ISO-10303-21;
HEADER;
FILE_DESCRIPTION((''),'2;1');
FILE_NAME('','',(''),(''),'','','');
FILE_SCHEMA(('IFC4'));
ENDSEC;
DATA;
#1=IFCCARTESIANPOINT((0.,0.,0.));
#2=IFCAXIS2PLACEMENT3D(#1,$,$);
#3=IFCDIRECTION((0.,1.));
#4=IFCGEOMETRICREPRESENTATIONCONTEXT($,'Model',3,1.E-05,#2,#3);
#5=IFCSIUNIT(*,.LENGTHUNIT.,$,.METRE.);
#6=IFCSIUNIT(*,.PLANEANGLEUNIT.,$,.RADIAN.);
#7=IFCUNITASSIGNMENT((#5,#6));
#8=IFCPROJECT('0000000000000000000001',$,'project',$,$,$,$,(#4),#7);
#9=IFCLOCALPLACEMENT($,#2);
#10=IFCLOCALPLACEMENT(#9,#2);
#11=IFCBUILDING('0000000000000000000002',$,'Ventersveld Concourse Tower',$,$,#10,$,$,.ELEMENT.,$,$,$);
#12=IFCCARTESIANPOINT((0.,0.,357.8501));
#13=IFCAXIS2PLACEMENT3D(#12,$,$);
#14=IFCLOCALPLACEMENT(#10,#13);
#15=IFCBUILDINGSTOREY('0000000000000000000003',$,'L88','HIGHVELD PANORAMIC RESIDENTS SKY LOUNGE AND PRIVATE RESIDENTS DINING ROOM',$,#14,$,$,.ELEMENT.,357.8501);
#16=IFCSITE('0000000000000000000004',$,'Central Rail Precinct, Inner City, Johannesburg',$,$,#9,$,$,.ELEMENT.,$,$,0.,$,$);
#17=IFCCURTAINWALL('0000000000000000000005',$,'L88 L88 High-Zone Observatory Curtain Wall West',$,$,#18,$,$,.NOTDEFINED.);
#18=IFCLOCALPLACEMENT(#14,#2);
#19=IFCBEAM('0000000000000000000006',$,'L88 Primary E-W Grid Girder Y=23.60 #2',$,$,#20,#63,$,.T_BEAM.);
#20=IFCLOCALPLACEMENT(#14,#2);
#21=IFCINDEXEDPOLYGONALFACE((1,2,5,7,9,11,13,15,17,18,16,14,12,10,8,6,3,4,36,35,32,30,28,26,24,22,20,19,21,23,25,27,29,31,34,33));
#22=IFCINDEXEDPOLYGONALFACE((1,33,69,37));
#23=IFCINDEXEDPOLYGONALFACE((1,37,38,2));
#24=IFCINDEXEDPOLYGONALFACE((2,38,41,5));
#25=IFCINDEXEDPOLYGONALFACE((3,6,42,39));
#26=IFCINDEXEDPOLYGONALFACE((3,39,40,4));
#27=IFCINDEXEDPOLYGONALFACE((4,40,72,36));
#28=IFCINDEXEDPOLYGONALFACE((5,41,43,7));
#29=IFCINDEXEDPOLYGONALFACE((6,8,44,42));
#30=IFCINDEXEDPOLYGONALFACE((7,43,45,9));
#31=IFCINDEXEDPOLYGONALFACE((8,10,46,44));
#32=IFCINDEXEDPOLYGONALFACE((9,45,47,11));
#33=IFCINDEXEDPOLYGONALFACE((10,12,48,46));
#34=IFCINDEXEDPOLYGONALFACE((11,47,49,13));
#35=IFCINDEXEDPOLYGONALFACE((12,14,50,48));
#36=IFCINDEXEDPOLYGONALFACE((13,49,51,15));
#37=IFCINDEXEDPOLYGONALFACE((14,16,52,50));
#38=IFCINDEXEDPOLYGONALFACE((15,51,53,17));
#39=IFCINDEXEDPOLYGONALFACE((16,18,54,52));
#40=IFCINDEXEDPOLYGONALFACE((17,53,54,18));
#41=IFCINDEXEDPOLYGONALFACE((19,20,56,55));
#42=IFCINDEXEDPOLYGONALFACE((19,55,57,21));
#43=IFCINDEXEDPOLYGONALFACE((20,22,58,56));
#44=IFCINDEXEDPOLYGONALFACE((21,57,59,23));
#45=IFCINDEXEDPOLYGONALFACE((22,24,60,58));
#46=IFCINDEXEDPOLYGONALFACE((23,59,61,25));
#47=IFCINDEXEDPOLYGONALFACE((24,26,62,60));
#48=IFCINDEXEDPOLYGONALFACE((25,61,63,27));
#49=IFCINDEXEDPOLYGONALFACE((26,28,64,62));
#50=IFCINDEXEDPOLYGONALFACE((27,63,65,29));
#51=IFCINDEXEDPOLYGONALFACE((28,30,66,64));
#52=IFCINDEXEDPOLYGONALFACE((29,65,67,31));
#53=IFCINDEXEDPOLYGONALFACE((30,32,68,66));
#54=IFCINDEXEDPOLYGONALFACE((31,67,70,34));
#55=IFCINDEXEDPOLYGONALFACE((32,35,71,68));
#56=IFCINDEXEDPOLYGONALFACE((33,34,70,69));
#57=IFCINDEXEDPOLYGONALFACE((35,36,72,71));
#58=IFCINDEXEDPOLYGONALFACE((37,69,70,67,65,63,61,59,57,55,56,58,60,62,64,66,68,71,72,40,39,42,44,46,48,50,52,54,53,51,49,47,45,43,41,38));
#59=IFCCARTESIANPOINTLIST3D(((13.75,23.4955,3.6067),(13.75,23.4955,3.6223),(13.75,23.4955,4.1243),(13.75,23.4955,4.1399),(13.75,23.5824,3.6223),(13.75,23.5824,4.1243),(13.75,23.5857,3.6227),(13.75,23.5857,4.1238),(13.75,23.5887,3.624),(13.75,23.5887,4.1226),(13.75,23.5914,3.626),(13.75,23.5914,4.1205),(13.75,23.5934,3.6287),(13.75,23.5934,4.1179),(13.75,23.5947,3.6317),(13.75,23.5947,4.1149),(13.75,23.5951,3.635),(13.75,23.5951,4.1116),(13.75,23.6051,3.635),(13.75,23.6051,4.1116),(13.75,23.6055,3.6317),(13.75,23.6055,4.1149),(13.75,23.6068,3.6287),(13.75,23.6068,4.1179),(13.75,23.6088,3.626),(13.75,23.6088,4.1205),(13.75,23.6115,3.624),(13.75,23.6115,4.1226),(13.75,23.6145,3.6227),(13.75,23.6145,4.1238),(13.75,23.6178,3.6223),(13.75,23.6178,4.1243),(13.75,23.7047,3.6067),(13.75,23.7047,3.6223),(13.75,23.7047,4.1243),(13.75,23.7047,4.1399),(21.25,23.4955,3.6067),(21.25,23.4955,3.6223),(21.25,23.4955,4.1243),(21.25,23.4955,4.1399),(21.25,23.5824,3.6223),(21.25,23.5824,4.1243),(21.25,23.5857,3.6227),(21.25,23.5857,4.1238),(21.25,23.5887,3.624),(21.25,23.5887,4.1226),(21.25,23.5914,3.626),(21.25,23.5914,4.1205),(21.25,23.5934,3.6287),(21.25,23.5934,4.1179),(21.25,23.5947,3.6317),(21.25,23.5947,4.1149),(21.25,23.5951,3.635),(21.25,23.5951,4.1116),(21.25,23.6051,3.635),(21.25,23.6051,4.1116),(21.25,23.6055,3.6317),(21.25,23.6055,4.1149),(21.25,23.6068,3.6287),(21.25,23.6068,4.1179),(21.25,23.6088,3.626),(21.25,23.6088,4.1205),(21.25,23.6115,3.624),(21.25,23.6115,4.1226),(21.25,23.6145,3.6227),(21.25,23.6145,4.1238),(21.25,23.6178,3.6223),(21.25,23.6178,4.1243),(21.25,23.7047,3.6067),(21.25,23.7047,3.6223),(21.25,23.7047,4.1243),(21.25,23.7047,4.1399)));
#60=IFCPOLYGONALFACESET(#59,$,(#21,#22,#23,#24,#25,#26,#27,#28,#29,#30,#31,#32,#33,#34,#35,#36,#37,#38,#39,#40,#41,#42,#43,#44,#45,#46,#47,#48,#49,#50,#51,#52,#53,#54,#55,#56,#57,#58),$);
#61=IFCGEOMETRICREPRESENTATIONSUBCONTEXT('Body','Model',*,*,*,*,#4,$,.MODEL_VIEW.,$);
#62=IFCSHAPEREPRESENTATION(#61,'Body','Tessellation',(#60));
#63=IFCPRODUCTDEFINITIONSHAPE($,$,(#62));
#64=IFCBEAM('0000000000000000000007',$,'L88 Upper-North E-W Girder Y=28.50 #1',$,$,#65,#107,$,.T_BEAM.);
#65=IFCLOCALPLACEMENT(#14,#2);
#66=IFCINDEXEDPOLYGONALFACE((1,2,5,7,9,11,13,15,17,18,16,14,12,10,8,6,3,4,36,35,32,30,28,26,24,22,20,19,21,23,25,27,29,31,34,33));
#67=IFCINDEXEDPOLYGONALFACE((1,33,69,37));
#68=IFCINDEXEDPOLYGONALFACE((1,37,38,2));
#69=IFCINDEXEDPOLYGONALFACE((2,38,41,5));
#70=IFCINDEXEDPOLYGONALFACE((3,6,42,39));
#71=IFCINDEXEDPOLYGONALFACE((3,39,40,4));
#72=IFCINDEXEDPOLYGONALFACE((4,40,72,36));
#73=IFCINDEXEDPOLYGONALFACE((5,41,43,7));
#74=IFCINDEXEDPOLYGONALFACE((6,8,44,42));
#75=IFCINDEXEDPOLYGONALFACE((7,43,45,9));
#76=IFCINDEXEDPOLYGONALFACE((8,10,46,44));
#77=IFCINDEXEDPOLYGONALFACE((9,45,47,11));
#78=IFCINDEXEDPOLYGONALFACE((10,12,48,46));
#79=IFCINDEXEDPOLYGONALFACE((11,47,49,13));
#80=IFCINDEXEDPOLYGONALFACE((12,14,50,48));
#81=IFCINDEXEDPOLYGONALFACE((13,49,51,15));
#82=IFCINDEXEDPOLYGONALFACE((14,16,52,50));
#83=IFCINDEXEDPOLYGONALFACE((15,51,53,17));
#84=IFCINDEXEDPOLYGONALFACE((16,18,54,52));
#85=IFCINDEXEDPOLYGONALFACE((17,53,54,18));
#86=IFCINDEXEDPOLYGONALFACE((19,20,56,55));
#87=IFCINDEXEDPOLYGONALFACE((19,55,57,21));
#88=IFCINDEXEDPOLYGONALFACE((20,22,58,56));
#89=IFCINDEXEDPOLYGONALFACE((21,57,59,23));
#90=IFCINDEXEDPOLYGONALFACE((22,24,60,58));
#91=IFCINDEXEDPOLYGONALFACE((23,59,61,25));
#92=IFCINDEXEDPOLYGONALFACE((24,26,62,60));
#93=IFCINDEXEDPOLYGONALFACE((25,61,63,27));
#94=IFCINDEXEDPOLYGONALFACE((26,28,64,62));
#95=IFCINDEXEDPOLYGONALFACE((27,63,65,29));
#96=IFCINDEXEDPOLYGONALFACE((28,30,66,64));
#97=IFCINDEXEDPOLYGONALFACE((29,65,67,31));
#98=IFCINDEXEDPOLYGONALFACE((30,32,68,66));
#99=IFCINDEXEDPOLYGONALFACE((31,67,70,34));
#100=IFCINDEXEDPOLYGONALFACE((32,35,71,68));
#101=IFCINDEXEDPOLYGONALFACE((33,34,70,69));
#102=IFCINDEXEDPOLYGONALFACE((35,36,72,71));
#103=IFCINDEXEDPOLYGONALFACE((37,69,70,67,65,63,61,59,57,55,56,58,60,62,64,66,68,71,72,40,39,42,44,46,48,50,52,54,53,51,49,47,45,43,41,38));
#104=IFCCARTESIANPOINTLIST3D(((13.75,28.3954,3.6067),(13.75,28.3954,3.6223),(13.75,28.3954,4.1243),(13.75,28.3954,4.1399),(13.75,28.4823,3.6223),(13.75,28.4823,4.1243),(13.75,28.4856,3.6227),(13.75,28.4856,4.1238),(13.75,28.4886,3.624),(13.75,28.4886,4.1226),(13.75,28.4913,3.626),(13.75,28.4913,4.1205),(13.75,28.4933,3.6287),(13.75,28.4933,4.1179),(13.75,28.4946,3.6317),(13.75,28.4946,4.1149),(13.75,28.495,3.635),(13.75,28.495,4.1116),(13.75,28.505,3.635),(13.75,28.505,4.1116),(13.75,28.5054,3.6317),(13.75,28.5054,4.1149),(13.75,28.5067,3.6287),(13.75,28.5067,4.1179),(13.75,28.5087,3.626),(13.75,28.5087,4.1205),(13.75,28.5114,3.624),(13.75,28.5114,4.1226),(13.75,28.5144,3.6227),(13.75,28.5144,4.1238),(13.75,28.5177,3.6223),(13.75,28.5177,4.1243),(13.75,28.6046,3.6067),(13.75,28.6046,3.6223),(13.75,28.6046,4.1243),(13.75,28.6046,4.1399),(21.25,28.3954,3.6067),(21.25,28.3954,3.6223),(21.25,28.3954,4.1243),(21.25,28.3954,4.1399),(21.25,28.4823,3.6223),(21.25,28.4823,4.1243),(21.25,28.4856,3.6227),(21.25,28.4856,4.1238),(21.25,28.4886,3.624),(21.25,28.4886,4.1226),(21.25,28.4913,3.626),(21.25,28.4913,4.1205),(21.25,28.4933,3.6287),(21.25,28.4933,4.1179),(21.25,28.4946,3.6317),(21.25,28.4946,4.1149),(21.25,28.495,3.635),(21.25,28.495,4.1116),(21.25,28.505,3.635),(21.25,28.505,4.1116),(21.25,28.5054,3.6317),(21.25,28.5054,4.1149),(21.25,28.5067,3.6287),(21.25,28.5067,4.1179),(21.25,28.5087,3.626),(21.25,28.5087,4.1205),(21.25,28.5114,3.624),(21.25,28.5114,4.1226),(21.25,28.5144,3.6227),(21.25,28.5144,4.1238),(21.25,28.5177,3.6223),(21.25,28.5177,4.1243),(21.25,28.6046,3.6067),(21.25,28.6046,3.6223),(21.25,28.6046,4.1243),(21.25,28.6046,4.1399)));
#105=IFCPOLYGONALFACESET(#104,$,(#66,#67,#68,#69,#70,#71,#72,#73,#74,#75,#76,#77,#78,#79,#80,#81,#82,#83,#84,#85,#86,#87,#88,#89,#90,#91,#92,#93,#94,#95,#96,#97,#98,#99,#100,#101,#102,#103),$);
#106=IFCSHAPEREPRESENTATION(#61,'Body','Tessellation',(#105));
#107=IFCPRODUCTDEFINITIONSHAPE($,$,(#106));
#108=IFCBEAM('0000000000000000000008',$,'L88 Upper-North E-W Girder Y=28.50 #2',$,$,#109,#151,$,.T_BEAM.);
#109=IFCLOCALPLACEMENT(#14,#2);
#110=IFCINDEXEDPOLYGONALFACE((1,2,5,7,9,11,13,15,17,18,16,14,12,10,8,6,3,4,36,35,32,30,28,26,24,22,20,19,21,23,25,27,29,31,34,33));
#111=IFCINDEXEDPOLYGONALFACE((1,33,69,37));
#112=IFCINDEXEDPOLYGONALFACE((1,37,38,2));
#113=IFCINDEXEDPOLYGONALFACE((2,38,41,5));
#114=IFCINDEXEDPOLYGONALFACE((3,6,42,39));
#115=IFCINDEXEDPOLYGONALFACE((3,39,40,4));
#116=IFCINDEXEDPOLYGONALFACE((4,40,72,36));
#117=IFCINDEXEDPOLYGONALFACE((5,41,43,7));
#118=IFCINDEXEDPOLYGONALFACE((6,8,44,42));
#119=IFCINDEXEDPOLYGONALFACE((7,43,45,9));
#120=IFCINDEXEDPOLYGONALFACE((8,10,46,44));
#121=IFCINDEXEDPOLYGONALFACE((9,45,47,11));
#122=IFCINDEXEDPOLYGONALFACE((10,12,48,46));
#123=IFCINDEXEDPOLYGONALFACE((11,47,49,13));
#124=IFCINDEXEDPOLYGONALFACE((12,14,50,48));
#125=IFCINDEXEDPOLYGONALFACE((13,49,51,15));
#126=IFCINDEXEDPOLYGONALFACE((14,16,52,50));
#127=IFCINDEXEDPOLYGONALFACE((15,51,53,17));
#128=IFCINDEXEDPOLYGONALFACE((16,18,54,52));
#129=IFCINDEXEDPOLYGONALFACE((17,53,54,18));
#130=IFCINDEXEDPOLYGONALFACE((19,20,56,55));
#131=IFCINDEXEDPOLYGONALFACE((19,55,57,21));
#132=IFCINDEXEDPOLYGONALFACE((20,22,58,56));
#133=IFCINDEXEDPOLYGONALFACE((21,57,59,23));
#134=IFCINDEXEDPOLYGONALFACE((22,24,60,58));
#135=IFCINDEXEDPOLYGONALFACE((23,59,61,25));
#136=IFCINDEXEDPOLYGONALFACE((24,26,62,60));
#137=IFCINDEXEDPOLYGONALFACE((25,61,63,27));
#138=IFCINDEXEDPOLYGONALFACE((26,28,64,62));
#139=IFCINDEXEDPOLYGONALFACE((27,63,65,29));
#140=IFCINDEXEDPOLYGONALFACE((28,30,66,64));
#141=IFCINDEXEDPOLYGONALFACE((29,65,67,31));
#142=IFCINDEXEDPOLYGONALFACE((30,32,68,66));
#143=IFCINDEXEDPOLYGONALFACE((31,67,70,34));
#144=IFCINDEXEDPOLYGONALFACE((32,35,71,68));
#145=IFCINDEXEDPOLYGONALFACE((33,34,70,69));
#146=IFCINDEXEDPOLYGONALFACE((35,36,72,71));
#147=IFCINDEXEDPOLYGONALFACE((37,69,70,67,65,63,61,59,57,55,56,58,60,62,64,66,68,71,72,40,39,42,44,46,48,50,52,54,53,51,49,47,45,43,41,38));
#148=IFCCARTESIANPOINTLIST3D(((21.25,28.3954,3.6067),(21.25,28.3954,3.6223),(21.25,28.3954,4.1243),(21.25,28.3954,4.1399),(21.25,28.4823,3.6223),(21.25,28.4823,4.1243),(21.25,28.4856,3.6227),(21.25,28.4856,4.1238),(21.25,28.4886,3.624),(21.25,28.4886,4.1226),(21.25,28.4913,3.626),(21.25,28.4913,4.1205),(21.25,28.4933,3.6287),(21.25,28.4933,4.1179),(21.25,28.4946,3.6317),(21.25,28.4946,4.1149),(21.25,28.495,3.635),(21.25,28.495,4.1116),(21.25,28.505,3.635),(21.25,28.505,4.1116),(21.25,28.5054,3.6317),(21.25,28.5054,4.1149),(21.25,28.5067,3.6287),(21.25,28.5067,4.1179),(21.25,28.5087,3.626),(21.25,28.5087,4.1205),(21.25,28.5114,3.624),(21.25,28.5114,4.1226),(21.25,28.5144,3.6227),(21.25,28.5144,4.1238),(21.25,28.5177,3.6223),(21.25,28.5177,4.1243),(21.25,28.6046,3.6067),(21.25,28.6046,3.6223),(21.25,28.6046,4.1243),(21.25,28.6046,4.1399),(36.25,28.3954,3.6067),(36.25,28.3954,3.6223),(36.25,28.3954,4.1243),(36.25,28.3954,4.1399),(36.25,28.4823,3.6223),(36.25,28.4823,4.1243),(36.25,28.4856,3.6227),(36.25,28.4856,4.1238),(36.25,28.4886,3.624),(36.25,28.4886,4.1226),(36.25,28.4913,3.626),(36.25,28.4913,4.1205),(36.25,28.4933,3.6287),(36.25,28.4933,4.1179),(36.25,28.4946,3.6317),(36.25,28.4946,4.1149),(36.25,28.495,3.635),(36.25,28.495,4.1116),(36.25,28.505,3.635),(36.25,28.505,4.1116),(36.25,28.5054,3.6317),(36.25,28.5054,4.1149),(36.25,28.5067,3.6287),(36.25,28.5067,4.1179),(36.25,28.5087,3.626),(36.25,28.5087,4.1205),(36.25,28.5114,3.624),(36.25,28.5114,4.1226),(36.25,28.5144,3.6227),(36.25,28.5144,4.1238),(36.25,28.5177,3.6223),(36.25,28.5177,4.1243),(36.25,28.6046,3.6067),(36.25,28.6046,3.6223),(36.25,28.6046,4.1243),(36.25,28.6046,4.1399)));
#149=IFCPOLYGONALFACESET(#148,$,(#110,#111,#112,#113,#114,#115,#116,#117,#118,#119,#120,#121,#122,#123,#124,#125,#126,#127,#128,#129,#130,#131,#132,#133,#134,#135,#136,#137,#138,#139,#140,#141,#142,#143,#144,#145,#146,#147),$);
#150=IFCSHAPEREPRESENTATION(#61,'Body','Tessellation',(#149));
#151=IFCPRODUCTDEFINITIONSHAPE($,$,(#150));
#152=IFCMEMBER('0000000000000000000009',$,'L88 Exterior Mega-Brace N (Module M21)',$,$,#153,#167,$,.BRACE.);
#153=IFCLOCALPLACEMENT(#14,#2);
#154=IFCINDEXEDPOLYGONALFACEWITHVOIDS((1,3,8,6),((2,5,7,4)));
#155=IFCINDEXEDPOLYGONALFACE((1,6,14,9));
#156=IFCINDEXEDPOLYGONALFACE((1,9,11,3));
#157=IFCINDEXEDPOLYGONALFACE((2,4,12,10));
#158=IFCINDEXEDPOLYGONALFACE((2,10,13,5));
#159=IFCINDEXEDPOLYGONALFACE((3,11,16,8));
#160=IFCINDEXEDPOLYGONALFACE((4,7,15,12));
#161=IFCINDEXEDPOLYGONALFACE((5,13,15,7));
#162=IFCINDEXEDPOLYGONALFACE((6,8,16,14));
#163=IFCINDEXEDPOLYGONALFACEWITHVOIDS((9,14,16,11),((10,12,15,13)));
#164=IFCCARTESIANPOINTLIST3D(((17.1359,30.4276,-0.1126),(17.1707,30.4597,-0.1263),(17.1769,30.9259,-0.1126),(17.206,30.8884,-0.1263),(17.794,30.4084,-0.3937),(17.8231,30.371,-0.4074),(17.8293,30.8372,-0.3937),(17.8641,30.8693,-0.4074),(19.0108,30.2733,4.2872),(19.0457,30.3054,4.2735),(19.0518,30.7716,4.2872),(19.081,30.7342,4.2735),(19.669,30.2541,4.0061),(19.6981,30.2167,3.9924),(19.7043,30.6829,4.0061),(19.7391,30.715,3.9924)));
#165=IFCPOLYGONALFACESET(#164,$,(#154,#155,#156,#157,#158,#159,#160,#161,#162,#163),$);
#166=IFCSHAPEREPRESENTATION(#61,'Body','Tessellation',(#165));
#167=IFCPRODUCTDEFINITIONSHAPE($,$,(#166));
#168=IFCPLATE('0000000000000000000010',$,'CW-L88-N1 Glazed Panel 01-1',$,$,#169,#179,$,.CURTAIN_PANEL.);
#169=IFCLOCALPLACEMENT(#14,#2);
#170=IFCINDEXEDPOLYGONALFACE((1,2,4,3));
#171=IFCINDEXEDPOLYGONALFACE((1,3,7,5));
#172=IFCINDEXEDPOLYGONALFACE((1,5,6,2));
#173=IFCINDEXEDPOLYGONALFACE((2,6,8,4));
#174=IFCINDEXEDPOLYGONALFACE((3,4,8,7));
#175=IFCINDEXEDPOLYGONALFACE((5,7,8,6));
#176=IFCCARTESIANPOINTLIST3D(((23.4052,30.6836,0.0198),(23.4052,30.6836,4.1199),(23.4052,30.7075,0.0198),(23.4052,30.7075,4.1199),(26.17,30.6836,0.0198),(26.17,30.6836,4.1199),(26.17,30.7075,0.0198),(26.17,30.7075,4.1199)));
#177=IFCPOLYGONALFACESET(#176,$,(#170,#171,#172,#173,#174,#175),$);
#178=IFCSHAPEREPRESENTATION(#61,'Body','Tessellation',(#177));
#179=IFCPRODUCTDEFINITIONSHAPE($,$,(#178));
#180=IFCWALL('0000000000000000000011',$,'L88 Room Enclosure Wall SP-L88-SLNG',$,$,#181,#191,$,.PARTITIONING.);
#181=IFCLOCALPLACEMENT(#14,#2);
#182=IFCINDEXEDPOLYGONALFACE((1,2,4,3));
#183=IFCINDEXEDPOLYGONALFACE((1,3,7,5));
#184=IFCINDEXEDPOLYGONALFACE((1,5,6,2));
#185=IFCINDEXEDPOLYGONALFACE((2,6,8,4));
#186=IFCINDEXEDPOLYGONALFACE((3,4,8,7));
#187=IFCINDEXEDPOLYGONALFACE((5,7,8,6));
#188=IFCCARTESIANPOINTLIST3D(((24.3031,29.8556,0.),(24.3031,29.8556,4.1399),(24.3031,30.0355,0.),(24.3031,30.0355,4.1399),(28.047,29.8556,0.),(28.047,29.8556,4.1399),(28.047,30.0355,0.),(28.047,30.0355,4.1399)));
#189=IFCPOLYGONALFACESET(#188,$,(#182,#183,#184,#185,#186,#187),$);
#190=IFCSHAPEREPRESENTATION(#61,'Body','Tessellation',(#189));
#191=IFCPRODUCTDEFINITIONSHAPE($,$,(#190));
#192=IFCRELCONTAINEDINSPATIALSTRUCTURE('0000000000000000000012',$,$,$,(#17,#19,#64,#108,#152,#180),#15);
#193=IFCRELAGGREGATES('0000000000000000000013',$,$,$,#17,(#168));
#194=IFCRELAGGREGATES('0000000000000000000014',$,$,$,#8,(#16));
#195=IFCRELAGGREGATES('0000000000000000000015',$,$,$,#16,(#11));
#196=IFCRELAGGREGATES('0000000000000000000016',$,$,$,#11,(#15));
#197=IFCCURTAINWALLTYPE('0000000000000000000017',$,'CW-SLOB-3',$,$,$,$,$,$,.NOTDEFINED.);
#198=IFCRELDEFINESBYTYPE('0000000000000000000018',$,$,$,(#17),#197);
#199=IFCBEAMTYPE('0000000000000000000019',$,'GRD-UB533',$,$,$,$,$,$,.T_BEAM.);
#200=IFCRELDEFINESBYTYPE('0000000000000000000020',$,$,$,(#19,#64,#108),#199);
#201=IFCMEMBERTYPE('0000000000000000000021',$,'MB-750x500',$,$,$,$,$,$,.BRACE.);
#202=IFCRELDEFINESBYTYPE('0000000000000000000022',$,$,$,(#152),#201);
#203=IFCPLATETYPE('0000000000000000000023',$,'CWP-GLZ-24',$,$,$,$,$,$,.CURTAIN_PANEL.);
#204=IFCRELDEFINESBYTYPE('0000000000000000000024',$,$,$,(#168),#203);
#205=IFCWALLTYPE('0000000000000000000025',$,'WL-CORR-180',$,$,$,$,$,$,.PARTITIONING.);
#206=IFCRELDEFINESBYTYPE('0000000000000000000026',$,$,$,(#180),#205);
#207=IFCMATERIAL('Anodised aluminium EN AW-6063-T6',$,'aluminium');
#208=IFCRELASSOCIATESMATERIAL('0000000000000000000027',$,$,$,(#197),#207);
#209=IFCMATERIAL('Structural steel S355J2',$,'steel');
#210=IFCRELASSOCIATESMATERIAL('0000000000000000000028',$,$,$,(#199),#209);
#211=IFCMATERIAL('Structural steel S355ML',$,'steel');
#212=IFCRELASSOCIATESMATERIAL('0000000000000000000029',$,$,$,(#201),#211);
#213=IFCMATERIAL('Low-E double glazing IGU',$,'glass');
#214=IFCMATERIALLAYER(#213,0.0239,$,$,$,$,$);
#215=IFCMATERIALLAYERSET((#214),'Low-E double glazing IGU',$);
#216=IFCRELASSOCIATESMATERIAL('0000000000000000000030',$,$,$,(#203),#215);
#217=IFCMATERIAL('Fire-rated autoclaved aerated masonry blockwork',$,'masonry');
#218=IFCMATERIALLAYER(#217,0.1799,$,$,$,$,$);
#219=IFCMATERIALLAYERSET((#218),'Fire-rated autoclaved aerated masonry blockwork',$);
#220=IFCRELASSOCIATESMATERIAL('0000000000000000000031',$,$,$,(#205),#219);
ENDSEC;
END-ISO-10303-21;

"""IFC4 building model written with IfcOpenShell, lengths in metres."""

from ifc_helpers import new_model, si_unit, direction, frame, frame_2d, origin, origin_2d, place, context, subcontext, project, spatial, rectangle, hollow_rectangle, i_section, extrude, material, layer, layer_set, material_profile, profile_set, type_object, element, aggregate, save


model = new_model("IFC4")

# Units and contexts
model_context = context("Model", 3, precision=1e-05, world=origin(), true_north=direction((0.0, 1.0)))
body_context = subcontext(model_context, "Body", "Model", "MODEL_VIEW")
ifc_project = project(units=[si_unit("LENGTHUNIT", "METRE"), si_unit("PLANEANGLEUNIT", "RADIAN")], contexts=[model_context])

# Site, building, storey
site_placement = place(None, origin())
site = spatial("IfcSite", under=ifc_project, at=site_placement, Name="Central Rail Precinct, Inner City, Johannesburg", CompositionType="ELEMENT", RefElevation=0.0)
building_placement = place(site_placement, origin())
building = spatial("IfcBuilding", under=site, at=building_placement, Name="Ventersveld Concourse Tower", CompositionType="ELEMENT")
storey_placement = place(building_placement, frame((0.0, 0.0, 357.8501)))
storey = spatial("IfcBuildingStorey", under=building, at=storey_placement, Name="L88", Description="HIGHVELD PANORAMIC RESIDENTS SKY LOUNGE AND PRIVATE RESIDENTS DINING ROOM", CompositionType="ELEMENT", Elevation=357.8501)

# Shared definitions
ifc_material_1 = material(Name="Structural steel S355J2", Category="steel")

# Curtain wall
ifc_material_2 = material(Name="Anodised aluminium EN AW-6063-T6", Category="aluminium")
curtain_wall_type = type_object("IfcCurtainWallType", Name="CW-SLOB-3", PredefinedType="NOTDEFINED", material=ifc_material_2)
curtain_wall_placement = place(storey_placement, origin())
curtain_wall = element("IfcCurtainWall", 1, at=curtain_wall_placement, inside=storey, type_object=curtain_wall_type, Name="L88 L88 High-Zone Observatory Curtain Wall West", PredefinedType="NOTDEFINED")

# Beams
ifc_material_profile_1 = material_profile(ifc_material_1, i_section(OverallWidth=0.2092, OverallDepth=0.5332, WebThickness=0.01, FlangeThickness=0.0156, FilletRadius=0.0127, at=origin_2d()), Name="UB 533x210x92")
ifc_profile_set_1 = profile_set([ifc_material_profile_1], Name="Structural steel S355J2")
beam_type_1 = type_object("IfcBeamType", Name="GRD-UB533", PredefinedType="T_BEAM", material=ifc_profile_set_1)
for number, where, z_axis, x_axis, name in (
    (2, (13.75, 23.6001, 3.8733), (1.0, 0.0, 0.0), (0.0, 1.0, 0.0), "L88 Primary E-W Grid Girder Y=23.60 #2"),
    (3, (13.75, 28.5, 3.8733), (1.0, 0.0, 0.0), (0.0, 1.0, 0.0), "L88 Upper-North E-W Girder Y=28.50 #1"),
):
    element("IfcBeam", number, at=place(storey_placement, frame(where, z_axis=z_axis, x_axis=x_axis)), inside=storey, type_object=beam_type_1, Name=name, PredefinedType="T_BEAM", context=body_context, shape_type="SweptSolid", body=[
        extrude(i_section(OverallWidth=0.2092, OverallDepth=0.5332, WebThickness=0.01, FlangeThickness=0.0156, FilletRadius=0.0127, at=origin_2d()), origin(), (0.0, 0.0, 1.0), 7.5),
    ])
beam_1_placement = place(storey_placement, frame((21.25, 28.5, 3.8733), z_axis=(1.0, 0.0, 0.0), x_axis=(0.0, 1.0, 0.0)))
element("IfcBeam", 4, at=beam_1_placement, inside=storey, type_object=beam_type_1, Name="L88 Upper-North E-W Girder Y=28.50 #2", PredefinedType="T_BEAM", context=body_context, shape_type="SweptSolid", body=[
    extrude(i_section(OverallWidth=0.2092, OverallDepth=0.5332, WebThickness=0.01, FlangeThickness=0.0156, FilletRadius=0.0127, at=origin_2d()), origin(), (0.0, 0.0, 1.0), 15.0),
])

# Member
ifc_material_3 = material(Name="Structural steel S355ML", Category="steel")
ifc_material_profile_2 = material_profile(ifc_material_3, hollow_rectangle(XDim=0.5, YDim=0.75, WallThickness=0.0349, at=origin_2d()), Name="BOX 750x500x35")
ifc_profile_set_2 = profile_set([ifc_material_profile_2], Name="Structural steel S355ML")
member_type_1 = type_object("IfcMemberType", Name="MB-750x500", PredefinedType="BRACE", material=ifc_profile_set_2)
member_1_placement = place(storey_placement, frame((17.5, 30.6484, -0.26), z_axis=(0.391829, -0.032244, 0.919473), x_axis=(0.082014, 0.996631, 0.0)))
element("IfcMember", 5, at=member_1_placement, inside=storey, type_object=member_type_1, Name="L88 Exterior Mega-Brace N (Module M21)", PredefinedType="BRACE", context=body_context, shape_type="SweptSolid", body=[
    extrude(hollow_rectangle(XDim=0.5, YDim=0.75, WallThickness=0.0349, at=origin_2d()), origin(), (0.0, 0.0, 1.0), 4.7852),
])

# Plate
ifc_material_4 = material(Name="Low-E double glazing IGU", Category="glass")
ifc_layer_1 = layer(ifc_material_4, 0.0239)
ifc_layer_set_1 = layer_set([ifc_layer_1], Name="Low-E double glazing IGU")
plate_type = type_object("IfcPlateType", Name="CWP-GLZ-24", PredefinedType="CURTAIN_PANEL", material=ifc_layer_set_1)
plate_placement = place(storey_placement, frame((24.7876, 30.6956, 0.0198), z_axis=(0.0, 0.0, 1.0), x_axis=(1.0, 0.0, 0.0)))
plate = element("IfcPlate", 6, at=plate_placement, type_object=plate_type, Name="CW-L88-N1 Glazed Panel 01-1", PredefinedType="CURTAIN_PANEL", context=body_context, shape_type="SweptSolid", body=[
    extrude(rectangle(XDim=2.7649, YDim=0.0239, at=origin_2d()), origin(), (0.0, 0.0, 1.0), 4.1001),
])
aggregate(curtain_wall, [plate])

# Wall
ifc_material_5 = material(Name="Fire-rated autoclaved aerated masonry blockwork", Category="masonry")
ifc_layer_2 = layer(ifc_material_5, 0.1799)
ifc_layer_set_2 = layer_set([ifc_layer_2], Name="Fire-rated autoclaved aerated masonry blockwork")
wall_type_1 = type_object("IfcWallType", Name="WL-CORR-180", PredefinedType="PARTITIONING", material=ifc_layer_set_2)
wall_1_placement = place(storey_placement, frame((24.303, 29.9456, 0.0), z_axis=(0.0, 0.0, 1.0), x_axis=(1.0, 0.0, 0.0)))
element("IfcWall", 7, at=wall_1_placement, inside=storey, type_object=wall_type_1, Name="L88 Room Enclosure Wall SP-L88-SLNG", PredefinedType="PARTITIONING", context=body_context, shape_type="SweptSolid", body=[
    extrude(rectangle(XDim=3.7439, YDim=0.1799, at=frame_2d((1.8721, 0.0))), origin(), (0.0, 0.0, 1.0), 4.1399),
])

save(model, "model.ifc")
